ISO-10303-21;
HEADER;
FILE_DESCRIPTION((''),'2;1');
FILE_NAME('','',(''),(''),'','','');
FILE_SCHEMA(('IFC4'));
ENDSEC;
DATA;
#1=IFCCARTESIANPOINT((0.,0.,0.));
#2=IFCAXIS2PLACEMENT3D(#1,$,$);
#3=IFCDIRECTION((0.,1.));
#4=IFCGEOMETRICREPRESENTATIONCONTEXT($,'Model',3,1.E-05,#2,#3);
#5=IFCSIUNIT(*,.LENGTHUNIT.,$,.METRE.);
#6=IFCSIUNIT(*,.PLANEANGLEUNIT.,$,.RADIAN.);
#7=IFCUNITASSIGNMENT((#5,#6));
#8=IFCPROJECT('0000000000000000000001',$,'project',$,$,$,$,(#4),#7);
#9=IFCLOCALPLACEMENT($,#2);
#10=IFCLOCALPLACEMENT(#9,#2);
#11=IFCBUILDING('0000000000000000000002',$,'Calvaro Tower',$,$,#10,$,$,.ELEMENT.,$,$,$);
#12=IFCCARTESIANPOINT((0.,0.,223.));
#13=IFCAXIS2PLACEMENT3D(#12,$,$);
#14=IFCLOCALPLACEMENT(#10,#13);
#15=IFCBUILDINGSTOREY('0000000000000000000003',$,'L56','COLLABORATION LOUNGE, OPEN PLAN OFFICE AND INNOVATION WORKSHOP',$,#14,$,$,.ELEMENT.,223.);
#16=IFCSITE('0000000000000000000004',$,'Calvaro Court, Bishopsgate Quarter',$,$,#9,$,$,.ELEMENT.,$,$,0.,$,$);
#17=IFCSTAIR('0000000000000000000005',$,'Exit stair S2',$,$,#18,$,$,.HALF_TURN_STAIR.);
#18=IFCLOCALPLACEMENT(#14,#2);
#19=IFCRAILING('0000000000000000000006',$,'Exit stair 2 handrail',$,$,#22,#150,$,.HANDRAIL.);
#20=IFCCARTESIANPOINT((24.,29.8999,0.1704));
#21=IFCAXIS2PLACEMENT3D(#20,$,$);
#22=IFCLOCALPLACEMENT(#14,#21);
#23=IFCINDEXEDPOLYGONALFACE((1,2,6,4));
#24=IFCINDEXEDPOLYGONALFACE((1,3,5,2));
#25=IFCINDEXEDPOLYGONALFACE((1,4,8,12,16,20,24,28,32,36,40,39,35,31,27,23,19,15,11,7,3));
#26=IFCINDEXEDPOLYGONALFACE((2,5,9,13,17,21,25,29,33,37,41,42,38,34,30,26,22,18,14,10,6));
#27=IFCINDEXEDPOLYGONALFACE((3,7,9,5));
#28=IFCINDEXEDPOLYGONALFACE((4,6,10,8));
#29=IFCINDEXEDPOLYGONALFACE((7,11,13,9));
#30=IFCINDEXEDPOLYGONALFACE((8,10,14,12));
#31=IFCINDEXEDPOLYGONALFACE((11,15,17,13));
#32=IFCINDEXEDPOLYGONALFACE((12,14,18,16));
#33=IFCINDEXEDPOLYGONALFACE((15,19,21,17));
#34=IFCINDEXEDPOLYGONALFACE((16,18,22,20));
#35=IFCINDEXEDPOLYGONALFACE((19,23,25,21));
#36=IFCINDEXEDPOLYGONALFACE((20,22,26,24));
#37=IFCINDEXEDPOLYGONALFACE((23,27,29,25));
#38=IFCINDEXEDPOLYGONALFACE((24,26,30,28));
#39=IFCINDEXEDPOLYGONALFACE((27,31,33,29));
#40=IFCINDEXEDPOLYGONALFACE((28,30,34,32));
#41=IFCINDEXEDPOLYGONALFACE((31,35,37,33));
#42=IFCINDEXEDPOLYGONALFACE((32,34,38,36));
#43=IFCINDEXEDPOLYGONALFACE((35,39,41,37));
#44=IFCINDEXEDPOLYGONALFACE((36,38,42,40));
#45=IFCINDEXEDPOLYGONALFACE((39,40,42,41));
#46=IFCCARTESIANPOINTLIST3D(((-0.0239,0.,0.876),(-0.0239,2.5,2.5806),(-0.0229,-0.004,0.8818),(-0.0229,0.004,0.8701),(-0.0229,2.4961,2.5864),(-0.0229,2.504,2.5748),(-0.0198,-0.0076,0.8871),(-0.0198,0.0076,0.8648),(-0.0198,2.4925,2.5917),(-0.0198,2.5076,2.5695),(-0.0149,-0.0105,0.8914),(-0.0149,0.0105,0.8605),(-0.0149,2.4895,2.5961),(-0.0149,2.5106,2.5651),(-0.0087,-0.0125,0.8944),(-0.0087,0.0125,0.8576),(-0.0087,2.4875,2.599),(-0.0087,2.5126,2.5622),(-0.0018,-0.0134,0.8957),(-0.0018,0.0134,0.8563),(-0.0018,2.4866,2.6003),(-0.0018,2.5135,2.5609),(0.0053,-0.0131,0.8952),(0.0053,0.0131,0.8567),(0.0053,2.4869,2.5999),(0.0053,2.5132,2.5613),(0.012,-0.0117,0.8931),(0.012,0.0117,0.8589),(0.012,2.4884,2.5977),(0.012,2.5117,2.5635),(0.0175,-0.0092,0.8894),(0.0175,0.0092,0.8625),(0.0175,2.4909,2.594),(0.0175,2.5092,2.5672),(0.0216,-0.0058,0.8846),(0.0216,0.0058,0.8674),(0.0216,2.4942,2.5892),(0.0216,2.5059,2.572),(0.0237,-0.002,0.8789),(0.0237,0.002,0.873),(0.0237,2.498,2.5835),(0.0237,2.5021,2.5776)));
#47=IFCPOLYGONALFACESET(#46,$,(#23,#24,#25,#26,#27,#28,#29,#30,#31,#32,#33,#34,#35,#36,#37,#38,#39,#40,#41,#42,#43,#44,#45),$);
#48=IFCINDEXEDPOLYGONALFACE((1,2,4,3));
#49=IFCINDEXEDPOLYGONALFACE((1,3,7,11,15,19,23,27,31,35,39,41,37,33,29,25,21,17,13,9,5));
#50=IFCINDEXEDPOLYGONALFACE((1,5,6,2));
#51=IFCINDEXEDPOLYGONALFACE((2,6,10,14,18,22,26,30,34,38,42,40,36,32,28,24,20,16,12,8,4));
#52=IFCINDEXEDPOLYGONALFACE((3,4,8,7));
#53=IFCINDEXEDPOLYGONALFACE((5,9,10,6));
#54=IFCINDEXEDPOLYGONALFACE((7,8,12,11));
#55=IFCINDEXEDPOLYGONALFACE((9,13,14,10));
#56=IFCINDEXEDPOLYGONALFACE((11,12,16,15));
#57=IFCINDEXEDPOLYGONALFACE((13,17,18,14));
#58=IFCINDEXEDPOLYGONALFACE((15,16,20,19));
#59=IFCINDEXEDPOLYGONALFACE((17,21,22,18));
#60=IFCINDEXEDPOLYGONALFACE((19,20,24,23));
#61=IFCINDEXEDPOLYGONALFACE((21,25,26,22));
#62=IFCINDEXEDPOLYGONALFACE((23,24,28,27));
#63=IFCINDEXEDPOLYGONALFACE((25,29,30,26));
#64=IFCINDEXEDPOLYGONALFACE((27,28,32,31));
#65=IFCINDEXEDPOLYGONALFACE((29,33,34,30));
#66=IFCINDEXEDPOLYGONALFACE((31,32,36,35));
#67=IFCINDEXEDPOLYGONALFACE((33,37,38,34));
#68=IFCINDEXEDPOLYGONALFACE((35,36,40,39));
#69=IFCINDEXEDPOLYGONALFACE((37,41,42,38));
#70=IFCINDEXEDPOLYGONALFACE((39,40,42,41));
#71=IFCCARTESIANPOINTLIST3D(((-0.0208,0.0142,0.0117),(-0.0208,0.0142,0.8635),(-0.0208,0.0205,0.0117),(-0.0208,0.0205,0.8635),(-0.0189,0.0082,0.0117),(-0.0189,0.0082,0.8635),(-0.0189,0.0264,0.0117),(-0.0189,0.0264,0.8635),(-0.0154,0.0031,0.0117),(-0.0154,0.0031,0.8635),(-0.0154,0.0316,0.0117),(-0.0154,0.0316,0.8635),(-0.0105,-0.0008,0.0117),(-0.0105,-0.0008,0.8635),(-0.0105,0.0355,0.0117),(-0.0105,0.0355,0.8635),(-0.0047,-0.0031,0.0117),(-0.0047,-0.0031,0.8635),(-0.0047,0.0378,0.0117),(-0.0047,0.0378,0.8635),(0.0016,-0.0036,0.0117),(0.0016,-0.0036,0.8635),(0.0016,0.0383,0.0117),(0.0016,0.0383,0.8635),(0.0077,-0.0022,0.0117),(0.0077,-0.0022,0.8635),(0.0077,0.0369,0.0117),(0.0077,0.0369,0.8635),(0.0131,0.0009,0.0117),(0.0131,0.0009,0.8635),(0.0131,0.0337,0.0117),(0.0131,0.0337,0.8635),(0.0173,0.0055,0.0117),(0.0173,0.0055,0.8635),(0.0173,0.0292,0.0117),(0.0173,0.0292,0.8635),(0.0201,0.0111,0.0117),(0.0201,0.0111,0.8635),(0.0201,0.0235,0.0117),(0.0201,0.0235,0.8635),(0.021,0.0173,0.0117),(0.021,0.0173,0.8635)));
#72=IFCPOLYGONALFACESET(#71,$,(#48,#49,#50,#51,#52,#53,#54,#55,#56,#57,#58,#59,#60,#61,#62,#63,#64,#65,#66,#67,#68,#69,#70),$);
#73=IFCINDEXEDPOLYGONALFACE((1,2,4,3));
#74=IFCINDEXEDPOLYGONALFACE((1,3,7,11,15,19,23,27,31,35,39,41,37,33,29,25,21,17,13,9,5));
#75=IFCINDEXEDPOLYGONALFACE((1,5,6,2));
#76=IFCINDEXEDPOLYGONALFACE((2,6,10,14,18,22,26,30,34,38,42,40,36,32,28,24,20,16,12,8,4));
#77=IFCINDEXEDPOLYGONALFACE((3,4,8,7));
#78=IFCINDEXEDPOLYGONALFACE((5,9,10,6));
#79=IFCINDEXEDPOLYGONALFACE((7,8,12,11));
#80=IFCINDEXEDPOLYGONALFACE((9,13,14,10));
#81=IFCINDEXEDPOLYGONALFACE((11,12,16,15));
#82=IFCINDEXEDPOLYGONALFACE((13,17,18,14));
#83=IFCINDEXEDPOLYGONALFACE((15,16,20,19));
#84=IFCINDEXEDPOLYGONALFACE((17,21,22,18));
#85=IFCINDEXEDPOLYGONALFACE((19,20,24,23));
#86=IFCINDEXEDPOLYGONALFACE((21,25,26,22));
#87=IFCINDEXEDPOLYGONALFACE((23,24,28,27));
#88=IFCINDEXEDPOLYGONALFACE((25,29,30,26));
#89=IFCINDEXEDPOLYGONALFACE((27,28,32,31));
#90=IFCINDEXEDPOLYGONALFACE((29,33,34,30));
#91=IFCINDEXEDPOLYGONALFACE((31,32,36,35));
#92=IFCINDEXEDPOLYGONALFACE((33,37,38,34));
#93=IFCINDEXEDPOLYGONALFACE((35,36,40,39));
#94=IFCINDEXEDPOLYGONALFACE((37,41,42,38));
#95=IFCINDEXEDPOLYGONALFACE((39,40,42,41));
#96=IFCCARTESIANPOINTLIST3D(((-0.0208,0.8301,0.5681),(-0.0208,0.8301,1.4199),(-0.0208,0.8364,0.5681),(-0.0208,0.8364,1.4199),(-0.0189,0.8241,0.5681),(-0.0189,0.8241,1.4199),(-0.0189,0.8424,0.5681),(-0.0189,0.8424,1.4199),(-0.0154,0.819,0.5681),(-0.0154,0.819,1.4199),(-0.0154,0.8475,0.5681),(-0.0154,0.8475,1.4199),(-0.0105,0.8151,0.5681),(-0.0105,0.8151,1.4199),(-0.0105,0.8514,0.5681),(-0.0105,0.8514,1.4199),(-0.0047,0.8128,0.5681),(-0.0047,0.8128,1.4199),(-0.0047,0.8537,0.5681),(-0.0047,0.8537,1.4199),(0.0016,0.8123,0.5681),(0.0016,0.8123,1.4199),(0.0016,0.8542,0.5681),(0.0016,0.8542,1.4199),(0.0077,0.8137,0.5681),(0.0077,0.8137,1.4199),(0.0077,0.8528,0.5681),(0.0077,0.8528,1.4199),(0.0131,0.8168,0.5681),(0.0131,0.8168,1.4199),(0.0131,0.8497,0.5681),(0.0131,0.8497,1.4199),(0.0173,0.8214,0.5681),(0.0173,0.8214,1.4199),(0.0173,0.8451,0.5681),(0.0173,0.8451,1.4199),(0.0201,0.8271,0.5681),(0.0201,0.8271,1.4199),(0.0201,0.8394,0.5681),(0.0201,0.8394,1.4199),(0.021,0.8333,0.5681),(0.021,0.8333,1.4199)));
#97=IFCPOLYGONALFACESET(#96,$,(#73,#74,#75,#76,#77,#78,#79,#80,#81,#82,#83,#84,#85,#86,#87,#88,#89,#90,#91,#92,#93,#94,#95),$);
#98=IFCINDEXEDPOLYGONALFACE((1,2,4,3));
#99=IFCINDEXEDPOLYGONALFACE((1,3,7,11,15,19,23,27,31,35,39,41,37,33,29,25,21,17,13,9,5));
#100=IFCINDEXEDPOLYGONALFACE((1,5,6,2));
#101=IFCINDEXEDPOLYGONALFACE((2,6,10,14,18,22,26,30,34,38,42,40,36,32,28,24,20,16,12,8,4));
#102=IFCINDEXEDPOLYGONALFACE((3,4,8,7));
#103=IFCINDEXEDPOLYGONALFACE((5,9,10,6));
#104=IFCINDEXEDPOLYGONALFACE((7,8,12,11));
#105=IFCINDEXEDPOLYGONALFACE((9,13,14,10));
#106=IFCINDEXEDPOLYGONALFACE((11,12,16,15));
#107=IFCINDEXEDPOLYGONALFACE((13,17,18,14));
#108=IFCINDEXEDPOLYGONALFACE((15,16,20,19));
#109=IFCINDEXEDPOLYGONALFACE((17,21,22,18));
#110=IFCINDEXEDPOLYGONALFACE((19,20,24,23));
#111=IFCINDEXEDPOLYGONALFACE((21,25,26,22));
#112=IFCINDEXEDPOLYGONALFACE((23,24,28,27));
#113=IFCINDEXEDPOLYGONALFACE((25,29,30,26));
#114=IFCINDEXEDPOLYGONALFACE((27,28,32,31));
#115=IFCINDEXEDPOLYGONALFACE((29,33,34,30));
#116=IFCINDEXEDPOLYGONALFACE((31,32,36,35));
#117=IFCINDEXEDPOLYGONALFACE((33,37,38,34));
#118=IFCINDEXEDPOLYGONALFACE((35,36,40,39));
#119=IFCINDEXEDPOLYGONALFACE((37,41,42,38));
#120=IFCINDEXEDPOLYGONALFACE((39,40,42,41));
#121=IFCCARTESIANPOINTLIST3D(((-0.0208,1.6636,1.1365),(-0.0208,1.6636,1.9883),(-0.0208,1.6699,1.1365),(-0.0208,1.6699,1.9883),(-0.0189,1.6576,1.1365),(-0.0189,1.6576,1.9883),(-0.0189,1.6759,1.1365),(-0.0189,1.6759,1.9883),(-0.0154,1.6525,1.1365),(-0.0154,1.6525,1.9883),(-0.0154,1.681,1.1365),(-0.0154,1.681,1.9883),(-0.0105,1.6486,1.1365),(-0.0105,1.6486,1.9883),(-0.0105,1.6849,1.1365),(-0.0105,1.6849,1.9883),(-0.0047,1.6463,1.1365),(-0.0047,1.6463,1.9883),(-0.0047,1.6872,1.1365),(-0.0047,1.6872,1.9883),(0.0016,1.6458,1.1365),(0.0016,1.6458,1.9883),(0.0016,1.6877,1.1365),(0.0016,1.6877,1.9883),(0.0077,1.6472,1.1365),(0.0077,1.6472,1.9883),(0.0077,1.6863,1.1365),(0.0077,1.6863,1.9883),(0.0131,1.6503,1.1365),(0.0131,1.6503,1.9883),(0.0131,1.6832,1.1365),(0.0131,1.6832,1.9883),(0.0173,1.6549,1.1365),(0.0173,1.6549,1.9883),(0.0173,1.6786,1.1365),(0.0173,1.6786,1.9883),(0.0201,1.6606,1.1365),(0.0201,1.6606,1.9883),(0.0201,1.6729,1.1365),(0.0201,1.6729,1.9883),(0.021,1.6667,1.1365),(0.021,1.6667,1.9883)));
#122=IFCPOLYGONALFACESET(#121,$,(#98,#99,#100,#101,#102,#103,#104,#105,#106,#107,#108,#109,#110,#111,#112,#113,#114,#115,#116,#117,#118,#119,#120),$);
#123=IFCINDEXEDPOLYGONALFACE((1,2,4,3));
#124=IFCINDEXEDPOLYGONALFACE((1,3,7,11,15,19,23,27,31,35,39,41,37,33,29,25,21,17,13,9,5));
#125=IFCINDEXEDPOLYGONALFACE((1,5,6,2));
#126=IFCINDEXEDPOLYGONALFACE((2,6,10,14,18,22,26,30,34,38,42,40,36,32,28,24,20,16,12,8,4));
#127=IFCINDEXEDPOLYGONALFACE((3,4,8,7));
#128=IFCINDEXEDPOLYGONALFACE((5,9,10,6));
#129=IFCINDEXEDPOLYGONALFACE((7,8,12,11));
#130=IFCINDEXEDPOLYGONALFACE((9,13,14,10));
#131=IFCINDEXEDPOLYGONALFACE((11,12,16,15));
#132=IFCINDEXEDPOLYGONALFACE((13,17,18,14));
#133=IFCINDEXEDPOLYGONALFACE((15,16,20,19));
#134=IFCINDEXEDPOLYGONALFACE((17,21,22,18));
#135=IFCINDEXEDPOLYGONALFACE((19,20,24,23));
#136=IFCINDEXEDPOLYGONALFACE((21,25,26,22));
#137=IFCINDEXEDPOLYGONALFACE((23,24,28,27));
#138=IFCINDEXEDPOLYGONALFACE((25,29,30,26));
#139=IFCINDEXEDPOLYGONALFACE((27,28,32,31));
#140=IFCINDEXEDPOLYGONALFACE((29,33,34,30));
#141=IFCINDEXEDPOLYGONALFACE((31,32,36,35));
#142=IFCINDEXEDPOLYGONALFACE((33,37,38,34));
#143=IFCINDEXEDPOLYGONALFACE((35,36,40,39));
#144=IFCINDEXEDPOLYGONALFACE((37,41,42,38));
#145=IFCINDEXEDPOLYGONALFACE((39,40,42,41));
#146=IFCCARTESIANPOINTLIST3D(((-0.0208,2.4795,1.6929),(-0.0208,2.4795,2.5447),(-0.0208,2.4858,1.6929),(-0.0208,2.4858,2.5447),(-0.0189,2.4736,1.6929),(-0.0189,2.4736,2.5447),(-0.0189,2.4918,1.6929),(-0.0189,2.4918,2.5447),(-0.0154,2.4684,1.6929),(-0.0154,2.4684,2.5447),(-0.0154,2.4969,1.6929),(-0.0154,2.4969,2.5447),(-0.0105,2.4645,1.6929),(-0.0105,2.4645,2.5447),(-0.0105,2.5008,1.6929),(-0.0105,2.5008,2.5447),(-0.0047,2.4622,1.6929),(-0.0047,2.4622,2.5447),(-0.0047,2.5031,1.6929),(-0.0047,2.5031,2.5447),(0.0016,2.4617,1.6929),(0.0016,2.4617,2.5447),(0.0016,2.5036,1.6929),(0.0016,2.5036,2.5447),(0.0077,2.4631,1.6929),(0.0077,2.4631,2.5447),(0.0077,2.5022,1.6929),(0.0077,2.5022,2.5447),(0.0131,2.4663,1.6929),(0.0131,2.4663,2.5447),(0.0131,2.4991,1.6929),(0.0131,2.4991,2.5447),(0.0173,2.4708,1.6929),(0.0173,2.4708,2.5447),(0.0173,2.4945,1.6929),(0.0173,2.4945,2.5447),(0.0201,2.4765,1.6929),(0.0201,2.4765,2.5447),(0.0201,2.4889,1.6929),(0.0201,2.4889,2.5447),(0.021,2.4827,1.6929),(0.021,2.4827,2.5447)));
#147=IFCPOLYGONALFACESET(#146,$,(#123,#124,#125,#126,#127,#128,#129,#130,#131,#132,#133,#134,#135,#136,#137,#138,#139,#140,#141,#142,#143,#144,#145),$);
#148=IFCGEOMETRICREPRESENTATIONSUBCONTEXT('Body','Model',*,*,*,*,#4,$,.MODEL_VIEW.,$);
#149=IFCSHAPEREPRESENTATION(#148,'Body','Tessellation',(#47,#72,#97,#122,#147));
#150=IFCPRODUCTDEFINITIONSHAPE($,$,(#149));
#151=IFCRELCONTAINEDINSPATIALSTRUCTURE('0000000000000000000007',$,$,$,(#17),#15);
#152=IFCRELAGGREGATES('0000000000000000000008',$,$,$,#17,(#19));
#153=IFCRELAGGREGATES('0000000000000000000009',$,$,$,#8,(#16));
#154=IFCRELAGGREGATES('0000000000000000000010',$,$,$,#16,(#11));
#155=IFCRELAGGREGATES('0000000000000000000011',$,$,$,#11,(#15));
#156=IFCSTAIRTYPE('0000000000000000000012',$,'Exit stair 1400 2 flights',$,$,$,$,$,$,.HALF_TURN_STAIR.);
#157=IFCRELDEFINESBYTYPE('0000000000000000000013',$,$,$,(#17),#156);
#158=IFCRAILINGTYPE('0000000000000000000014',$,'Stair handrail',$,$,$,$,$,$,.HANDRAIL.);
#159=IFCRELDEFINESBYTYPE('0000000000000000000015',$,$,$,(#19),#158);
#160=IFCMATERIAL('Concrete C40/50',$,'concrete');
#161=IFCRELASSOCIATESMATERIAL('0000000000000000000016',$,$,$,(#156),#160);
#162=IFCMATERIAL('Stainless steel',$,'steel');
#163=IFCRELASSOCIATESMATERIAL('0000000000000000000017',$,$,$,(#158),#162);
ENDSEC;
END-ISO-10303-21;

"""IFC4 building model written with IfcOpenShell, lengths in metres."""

from ifc_helpers import new_model, si_unit, direction, frame, origin, origin_2d, place, context, subcontext, project, spatial, circle, extrude, material, type_object, element, aggregate, save


model = new_model("IFC4")

# Units and contexts
model_context = context("Model", 3, precision=1e-05, world=origin(), true_north=direction((0.0, 1.0)))
body_context = subcontext(model_context, "Body", "Model", "MODEL_VIEW")
ifc_project = project(units=[si_unit("LENGTHUNIT", "METRE"), si_unit("PLANEANGLEUNIT", "RADIAN")], contexts=[model_context])

# Site, building, storey
site_placement = place(None, origin())
site = spatial("IfcSite", under=ifc_project, at=site_placement, Name="Calvaro Court, Bishopsgate Quarter", CompositionType="ELEMENT", RefElevation=0.0)
building_placement = place(site_placement, origin())
building = spatial("IfcBuilding", under=site, at=building_placement, Name="Calvaro Tower", CompositionType="ELEMENT")
storey_placement = place(building_placement, frame((0.0, 0.0, 223.0)))
storey = spatial("IfcBuildingStorey", under=building, at=storey_placement, Name="L56", Description="COLLABORATION LOUNGE, OPEN PLAN OFFICE AND INNOVATION WORKSHOP", CompositionType="ELEMENT", Elevation=223.0)

# Stair, railing
ifc_material_1 = material(Name="Concrete C40/50", Category="concrete")
stair_type = type_object("IfcStairType", Name="Exit stair 1400 2 flights", PredefinedType="HALF_TURN_STAIR", material=ifc_material_1)
stair_placement = place(storey_placement, origin())
stair = element("IfcStair", 1, at=stair_placement, inside=storey, type_object=stair_type, Name="Exit stair S2", PredefinedType="HALF_TURN_STAIR")
ifc_material_2 = material(Name="Stainless steel", Category="steel")
railing_type = type_object("IfcRailingType", Name="Stair handrail", PredefinedType="HANDRAIL", material=ifc_material_2)
railing_1_placement = place(storey_placement, frame((24.0, 29.8999, 0.1704)))
railing_1 = element("IfcRailing", 2, at=railing_1_placement, type_object=railing_type, Name="Exit stair 2 handrail", PredefinedType="HANDRAIL", context=body_context, shape_type="SweptSolid", body=[
    extrude(circle(Radius=0.0239, at=origin_2d()), frame((0.0, 0.0, 0.876), z_axis=(0.0, 0.826221, 0.563347), x_axis=(-1.0, 0.0, 0.0)), (0.0, 0.0, 1.0), 3.0259),
    extrude(circle(Radius=0.021, at=origin_2d()), frame((0.0, 0.0173, 0.0117)), (0.0, 0.0, 1.0), 0.8518),
    extrude(circle(Radius=0.021, at=origin_2d()), frame((0.0, 0.8333, 0.5681)), (0.0, 0.0, 1.0), 0.8518),
    extrude(circle(Radius=0.021, at=origin_2d()), frame((0.0, 1.6667, 1.1365)), (0.0, 0.0, 1.0), 0.8518),
    extrude(circle(Radius=0.021, at=origin_2d()), frame((0.0, 2.4827, 1.6929)), (0.0, 0.0, 1.0), 0.8518),
])
aggregate(stair, [railing_1])

save(model, "model.ifc")
